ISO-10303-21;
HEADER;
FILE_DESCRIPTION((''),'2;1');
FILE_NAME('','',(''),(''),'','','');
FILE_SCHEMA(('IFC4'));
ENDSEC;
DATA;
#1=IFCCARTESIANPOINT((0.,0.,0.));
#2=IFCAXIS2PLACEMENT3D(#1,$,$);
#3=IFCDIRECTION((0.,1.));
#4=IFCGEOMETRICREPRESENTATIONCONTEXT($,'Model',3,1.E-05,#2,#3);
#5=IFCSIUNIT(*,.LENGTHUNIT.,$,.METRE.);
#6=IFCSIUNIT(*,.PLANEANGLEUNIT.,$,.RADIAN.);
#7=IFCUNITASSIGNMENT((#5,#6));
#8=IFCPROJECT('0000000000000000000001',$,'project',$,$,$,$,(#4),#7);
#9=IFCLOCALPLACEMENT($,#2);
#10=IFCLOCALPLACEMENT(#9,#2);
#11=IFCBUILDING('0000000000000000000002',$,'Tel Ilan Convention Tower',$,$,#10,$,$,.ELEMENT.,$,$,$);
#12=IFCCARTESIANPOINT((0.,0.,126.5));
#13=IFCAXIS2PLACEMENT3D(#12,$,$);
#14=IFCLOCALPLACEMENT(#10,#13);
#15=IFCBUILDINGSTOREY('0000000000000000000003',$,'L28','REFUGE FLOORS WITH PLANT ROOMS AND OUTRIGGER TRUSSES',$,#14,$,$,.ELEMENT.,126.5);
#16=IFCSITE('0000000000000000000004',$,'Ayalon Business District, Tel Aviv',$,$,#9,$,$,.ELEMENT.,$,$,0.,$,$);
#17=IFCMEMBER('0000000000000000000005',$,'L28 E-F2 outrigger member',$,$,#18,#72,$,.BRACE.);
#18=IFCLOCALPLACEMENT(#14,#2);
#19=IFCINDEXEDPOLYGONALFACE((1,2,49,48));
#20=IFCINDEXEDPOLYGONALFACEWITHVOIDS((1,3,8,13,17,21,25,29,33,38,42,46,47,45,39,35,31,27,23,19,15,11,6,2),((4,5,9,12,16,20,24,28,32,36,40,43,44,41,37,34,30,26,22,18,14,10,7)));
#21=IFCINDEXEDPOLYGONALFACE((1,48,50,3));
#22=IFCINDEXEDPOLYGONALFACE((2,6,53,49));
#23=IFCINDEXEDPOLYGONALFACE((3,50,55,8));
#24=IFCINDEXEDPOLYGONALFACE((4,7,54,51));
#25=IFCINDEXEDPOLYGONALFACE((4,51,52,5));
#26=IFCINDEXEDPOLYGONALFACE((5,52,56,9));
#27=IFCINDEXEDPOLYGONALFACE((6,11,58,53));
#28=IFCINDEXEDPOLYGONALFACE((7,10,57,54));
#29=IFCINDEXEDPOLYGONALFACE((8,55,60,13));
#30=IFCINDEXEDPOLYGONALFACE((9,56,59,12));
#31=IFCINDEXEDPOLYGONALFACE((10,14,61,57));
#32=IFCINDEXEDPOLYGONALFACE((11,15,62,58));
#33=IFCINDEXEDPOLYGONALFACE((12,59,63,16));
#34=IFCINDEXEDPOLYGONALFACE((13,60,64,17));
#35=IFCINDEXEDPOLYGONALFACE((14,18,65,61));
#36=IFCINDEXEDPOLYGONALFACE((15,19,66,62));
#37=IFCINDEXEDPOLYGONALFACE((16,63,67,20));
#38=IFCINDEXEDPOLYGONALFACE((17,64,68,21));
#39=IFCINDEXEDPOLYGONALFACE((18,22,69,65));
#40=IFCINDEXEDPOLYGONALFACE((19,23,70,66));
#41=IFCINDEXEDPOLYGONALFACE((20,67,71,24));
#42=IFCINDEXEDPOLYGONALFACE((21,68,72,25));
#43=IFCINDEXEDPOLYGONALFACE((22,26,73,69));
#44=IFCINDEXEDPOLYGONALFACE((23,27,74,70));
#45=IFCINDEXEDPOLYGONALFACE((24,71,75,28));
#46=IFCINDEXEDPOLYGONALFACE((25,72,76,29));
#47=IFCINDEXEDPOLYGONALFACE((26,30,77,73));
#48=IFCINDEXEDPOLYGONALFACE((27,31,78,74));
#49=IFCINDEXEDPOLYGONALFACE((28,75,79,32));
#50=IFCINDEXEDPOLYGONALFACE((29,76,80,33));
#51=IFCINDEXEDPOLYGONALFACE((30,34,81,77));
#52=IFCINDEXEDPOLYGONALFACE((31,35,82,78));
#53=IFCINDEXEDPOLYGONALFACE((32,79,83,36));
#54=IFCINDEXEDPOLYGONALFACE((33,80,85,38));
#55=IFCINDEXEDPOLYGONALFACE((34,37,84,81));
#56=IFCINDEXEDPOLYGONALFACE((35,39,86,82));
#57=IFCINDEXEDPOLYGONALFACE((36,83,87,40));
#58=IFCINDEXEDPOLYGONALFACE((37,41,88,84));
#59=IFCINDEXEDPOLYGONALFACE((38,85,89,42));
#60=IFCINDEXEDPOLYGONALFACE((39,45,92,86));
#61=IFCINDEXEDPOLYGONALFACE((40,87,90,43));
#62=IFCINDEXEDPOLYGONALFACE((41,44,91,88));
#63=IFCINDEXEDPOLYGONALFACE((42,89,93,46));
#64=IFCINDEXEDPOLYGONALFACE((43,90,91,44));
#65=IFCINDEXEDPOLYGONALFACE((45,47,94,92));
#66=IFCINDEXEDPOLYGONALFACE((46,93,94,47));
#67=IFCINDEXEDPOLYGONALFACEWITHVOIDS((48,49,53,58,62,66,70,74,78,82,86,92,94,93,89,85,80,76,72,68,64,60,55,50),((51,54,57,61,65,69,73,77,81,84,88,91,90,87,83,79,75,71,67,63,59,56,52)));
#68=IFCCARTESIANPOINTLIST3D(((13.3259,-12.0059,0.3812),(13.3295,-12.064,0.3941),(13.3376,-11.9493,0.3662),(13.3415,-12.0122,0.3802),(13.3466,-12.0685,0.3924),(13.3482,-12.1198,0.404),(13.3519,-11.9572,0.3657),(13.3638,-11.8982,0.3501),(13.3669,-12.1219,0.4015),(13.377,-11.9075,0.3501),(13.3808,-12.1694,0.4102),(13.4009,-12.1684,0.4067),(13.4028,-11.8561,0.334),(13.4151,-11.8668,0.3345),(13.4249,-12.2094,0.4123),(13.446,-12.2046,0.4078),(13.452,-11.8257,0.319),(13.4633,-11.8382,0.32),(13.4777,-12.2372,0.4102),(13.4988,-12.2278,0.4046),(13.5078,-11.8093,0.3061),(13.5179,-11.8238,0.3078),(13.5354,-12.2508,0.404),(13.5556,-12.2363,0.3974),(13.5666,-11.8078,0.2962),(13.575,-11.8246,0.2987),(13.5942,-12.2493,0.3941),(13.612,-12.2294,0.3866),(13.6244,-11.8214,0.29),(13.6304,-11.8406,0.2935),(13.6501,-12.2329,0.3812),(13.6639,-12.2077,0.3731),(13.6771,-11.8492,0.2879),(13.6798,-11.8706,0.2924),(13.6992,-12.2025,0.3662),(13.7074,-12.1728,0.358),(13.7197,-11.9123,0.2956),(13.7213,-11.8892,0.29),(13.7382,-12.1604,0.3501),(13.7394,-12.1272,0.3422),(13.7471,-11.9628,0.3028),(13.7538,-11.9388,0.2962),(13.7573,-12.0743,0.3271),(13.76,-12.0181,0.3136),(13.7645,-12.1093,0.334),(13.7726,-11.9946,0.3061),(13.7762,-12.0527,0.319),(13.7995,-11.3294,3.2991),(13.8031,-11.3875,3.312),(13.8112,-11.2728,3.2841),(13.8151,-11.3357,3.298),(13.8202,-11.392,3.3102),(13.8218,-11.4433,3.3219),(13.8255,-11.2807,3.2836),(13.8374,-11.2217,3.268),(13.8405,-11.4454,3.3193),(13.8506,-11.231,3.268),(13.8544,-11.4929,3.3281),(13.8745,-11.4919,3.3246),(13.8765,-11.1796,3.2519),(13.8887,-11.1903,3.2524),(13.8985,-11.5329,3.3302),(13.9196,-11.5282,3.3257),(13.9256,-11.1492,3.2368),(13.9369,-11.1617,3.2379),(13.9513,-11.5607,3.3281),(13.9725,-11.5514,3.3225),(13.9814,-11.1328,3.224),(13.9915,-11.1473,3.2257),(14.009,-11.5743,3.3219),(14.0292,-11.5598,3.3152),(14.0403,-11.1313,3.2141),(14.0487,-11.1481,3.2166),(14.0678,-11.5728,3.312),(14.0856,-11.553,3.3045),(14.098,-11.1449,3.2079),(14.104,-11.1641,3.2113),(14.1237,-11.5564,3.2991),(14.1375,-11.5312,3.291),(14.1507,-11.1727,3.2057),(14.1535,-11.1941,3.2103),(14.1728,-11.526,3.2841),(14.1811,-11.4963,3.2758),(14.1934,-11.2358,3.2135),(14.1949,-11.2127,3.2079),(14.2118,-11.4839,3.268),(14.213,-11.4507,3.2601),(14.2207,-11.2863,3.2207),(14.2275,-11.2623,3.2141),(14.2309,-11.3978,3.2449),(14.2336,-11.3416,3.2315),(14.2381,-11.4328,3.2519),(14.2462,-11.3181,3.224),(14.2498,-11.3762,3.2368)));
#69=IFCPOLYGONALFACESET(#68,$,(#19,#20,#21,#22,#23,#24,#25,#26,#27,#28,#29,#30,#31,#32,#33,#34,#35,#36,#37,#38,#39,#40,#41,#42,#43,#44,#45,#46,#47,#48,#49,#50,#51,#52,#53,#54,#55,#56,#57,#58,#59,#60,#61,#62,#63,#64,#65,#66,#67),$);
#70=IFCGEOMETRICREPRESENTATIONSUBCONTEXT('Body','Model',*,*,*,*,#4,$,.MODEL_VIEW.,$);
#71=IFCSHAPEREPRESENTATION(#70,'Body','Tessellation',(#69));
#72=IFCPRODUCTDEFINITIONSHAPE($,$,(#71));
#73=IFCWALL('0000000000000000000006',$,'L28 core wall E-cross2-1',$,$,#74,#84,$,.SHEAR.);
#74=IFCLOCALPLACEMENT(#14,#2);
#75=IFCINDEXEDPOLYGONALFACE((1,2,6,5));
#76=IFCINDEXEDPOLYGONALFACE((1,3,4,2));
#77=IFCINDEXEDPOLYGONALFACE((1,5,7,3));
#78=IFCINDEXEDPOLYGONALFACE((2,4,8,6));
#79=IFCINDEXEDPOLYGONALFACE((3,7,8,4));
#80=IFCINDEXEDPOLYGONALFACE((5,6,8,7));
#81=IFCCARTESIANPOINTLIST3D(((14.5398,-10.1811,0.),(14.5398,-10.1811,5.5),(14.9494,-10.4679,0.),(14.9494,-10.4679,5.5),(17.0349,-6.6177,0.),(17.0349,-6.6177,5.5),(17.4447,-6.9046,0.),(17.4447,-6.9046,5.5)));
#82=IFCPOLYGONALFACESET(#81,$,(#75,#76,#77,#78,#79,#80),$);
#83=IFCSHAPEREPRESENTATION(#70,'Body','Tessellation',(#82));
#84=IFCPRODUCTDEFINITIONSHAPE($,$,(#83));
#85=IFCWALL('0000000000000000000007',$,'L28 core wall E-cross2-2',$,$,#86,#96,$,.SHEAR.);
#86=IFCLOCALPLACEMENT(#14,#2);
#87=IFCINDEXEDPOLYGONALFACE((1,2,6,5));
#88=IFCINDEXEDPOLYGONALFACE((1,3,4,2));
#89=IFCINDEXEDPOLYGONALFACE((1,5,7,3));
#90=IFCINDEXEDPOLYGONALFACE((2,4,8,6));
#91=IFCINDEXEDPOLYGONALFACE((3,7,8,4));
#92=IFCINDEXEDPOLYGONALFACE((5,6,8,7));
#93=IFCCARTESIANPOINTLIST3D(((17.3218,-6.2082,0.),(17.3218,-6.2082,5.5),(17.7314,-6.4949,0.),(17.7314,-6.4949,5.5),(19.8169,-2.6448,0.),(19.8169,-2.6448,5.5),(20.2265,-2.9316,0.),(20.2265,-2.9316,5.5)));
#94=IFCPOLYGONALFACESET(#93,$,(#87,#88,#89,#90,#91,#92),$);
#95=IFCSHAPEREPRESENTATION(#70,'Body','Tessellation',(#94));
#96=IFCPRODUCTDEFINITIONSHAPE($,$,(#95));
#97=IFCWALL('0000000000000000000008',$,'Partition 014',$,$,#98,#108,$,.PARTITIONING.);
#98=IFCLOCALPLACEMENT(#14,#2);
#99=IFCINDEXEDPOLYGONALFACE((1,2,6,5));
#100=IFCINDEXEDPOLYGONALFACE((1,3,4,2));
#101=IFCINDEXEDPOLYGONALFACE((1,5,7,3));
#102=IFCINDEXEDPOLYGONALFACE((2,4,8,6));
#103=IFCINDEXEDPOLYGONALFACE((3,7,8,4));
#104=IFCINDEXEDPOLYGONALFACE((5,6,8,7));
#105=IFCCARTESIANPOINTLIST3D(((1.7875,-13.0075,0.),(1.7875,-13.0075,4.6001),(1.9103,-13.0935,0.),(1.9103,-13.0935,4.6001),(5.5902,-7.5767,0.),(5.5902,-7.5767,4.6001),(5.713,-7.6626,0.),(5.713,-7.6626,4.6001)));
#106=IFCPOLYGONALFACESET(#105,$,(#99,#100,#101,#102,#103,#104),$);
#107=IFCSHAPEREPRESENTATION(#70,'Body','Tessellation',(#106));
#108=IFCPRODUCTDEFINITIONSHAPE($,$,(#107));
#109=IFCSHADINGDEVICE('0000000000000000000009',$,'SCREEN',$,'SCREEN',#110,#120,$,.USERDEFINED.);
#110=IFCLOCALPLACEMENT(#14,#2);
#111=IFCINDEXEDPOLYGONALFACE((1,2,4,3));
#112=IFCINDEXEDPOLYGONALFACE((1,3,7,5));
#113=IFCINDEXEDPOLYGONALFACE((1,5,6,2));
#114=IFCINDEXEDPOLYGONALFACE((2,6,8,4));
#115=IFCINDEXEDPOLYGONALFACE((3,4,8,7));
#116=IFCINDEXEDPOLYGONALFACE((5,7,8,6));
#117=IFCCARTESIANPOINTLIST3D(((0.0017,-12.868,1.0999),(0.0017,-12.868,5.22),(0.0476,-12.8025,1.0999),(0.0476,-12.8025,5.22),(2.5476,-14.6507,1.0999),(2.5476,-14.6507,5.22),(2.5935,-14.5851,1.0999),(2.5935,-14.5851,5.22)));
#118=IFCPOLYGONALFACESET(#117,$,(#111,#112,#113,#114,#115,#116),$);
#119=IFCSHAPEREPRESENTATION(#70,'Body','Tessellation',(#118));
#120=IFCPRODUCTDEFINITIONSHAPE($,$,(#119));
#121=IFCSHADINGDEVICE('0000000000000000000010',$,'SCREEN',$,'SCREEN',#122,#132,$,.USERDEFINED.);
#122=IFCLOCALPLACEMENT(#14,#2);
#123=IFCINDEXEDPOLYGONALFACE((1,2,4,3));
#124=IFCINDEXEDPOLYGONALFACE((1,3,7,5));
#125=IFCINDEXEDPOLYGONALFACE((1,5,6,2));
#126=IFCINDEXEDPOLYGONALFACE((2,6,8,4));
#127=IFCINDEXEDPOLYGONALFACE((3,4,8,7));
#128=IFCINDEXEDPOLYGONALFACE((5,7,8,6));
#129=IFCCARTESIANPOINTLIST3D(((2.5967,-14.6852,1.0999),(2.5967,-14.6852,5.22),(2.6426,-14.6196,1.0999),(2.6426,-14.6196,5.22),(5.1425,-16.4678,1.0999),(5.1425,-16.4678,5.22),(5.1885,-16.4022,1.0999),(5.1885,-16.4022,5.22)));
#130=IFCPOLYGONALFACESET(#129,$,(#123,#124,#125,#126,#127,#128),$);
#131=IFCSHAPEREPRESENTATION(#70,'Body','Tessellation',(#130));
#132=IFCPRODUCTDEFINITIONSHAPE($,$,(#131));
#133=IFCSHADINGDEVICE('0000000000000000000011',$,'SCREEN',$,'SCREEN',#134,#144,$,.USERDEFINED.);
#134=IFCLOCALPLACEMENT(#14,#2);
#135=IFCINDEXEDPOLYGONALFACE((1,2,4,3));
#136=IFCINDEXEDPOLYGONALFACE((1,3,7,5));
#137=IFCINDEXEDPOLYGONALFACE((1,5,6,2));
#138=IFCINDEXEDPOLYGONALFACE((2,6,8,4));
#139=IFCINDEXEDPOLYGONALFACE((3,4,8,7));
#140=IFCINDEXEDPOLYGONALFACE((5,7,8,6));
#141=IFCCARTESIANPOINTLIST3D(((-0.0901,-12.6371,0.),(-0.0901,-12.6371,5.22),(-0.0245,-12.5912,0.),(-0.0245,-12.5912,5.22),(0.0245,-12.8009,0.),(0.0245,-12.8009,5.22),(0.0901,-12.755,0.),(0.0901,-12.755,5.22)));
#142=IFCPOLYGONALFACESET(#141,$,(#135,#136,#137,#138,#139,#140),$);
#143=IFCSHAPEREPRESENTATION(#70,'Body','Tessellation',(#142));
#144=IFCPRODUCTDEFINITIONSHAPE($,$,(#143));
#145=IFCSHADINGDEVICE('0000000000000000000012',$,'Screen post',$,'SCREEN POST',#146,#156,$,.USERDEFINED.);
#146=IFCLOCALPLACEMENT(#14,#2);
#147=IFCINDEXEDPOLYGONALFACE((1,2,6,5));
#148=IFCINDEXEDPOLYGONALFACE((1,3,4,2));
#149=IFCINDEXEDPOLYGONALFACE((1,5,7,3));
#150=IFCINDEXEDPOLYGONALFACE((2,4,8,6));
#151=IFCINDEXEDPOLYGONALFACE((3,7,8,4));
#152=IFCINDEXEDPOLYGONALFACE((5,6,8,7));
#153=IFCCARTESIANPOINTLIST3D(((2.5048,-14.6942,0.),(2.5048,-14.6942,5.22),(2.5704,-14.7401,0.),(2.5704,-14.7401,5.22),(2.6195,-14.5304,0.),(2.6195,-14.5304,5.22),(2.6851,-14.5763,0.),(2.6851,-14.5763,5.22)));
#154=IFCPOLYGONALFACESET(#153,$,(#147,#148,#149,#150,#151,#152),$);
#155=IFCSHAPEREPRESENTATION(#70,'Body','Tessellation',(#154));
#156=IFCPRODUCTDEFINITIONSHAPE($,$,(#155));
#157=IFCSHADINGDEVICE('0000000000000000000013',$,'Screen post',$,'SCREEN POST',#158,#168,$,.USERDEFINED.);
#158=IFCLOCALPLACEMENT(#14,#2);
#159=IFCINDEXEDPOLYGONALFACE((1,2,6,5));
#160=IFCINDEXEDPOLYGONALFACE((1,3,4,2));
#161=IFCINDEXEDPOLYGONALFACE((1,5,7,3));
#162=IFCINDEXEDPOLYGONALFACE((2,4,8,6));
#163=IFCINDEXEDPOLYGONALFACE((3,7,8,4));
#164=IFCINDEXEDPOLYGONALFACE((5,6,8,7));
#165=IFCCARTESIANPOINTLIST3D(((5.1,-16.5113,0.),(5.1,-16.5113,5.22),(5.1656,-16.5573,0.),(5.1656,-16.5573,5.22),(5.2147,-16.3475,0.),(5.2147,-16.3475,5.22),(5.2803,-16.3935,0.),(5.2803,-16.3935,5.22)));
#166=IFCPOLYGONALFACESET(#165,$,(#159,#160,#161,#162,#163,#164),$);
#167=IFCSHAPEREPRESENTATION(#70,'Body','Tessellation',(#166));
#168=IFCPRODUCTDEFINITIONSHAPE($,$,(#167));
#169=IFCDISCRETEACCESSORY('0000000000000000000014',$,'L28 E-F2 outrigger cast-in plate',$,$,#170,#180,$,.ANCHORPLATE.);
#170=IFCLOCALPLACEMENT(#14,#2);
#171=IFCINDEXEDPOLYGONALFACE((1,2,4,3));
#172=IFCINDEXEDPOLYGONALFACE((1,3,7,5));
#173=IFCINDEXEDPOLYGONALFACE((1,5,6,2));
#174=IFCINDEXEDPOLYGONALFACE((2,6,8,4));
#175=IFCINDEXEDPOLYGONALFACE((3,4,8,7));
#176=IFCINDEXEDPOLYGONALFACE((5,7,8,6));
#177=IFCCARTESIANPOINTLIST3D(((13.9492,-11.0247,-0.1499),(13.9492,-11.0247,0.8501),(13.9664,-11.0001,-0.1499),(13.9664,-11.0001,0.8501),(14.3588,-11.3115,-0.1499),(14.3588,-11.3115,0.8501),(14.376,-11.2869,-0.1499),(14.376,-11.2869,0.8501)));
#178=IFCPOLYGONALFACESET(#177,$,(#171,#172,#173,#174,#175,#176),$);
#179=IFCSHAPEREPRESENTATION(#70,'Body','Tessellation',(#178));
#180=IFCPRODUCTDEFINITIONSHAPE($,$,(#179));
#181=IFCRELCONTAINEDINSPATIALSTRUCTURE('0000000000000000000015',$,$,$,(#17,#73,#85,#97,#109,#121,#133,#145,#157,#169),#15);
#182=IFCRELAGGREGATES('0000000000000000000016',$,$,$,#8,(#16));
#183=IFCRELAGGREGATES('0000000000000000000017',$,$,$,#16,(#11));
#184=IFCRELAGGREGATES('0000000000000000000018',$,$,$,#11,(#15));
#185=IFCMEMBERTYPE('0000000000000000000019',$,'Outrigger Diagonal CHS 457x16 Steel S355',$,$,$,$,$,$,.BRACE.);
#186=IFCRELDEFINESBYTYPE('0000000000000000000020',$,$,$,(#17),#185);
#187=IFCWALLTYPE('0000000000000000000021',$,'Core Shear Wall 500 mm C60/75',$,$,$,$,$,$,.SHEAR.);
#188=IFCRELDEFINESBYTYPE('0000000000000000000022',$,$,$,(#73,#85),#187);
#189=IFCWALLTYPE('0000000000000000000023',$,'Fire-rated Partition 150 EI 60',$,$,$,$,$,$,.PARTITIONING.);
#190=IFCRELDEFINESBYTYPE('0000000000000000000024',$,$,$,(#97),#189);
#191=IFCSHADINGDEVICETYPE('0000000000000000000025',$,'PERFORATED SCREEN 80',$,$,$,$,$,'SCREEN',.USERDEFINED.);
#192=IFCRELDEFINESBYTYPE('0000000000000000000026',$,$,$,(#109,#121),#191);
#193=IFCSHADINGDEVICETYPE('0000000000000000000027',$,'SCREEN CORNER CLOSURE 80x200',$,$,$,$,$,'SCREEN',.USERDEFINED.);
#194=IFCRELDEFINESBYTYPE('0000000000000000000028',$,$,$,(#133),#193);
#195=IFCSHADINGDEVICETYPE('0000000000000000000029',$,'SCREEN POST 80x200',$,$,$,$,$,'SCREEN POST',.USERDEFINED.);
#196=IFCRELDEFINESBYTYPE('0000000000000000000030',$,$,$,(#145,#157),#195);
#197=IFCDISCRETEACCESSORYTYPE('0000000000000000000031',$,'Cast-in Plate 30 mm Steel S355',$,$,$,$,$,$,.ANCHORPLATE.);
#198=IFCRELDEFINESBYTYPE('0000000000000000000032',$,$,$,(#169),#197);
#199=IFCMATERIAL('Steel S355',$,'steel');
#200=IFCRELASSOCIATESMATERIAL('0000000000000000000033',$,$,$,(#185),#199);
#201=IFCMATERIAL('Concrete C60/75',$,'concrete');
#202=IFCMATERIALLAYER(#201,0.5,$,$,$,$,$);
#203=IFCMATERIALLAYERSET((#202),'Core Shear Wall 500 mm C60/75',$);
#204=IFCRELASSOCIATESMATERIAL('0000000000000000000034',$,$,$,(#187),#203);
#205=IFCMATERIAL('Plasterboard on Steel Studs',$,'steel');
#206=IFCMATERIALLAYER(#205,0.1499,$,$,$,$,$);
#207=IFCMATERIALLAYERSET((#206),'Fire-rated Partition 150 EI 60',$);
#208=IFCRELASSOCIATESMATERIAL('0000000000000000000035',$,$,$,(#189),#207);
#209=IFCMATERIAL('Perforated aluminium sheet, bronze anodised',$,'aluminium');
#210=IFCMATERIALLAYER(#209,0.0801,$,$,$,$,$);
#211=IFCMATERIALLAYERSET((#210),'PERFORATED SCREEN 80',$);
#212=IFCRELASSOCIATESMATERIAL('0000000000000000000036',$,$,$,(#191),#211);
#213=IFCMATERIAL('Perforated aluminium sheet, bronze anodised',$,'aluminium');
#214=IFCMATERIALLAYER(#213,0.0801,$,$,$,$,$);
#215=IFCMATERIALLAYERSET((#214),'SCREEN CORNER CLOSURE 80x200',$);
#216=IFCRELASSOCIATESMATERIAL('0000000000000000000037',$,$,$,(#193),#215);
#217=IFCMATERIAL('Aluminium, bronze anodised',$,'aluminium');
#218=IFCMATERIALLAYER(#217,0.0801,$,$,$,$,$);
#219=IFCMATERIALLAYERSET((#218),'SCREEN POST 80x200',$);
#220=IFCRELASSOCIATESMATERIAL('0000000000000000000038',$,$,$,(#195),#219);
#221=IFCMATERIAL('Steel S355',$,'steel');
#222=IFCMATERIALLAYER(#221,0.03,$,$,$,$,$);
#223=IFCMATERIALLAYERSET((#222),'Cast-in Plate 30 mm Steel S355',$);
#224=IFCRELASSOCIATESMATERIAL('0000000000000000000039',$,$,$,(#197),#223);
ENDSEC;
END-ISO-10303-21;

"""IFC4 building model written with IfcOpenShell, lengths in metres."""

from ifc_helpers import new_model, si_unit, direction, frame, frame_2d, origin, origin_2d, place, context, subcontext, project, spatial, polyline, rectangle, hollow_circle, outline, extrude, material, layer, layer_set, material_profile, profile_set, type_object, element, save


model = new_model("IFC4")

# Units and contexts
model_context = context("Model", 3, precision=1e-05, world=origin(), true_north=direction((0.0, 1.0)))
body_context = subcontext(model_context, "Body", "Model", "MODEL_VIEW")
ifc_project = project(units=[si_unit("LENGTHUNIT", "METRE"), si_unit("PLANEANGLEUNIT", "RADIAN")], contexts=[model_context])

# Site, building, storey
site_placement = place(None, origin())
site = spatial("IfcSite", under=ifc_project, at=site_placement, Name="Ayalon Business District, Tel Aviv", CompositionType="ELEMENT", RefElevation=0.0)
building_placement = place(site_placement, origin())
building = spatial("IfcBuilding", under=site, at=building_placement, Name="Tel Ilan Convention Tower", CompositionType="ELEMENT")
storey_placement = place(building_placement, frame((0.0, 0.0, 126.5)))
storey = spatial("IfcBuildingStorey", under=building, at=storey_placement, Name="L28", Description="REFUGE FLOORS WITH PLANT ROOMS AND OUTRIGGER TRUSSES", CompositionType="ELEMENT", Elevation=126.5)

# Member
ifc_material_1 = material(Name="Steel S355", Category="steel")
ifc_material_profile_1 = material_profile(ifc_material_1, hollow_circle(Radius=0.2285, WallThickness=0.0161, at=origin_2d()), Name="CHS 457x16")
ifc_profile_set_1 = profile_set([ifc_material_profile_1], Name="Steel S355")
member_type_1 = type_object("IfcMemberType", Name="Outrigger Diagonal CHS 457x16 Steel S355", PredefinedType="BRACE", material=ifc_profile_set_1)
member_1_placement = place(storey_placement, frame((13.551, -12.0293, 0.3501), z_axis=(0.156181, 0.223082, 0.962207), x_axis=(-0.81919, 0.573522, 0.0)))
element("IfcMember", 1, at=member_1_placement, inside=storey, type_object=member_type_1, Name="L28 E-F2 outrigger member", PredefinedType="BRACE", context=body_context, shape_type="SweptSolid", body=[
    extrude(hollow_circle(Radius=0.2285, WallThickness=0.0161, at=origin_2d()), origin(), (0.0, 0.0, 1.0), 3.0325),
])

# Walls
ifc_material_2 = material(Name="Concrete C60/75", Category="concrete")
ifc_layer_1 = layer(ifc_material_2, 0.5)
ifc_layer_set_1 = layer_set([ifc_layer_1], Name="Core Shear Wall 500 mm C60/75")
wall_type_1 = type_object("IfcWallType", Name="Core Shear Wall 500 mm C60/75", PredefinedType="SHEAR", material=ifc_layer_set_1)
wall_1_placement = place(storey_placement, frame((14.7446, -10.3245, 0.0), z_axis=(0.0, 0.0, 1.0), x_axis=(0.573568, 0.819158, 0.0)))
element("IfcWall", 2, at=wall_1_placement, inside=storey, type_object=wall_type_1, Name="L28 core wall E-cross2-1", PredefinedType="SHEAR", context=body_context, shape_type="SweptSolid", body=[
    extrude(outline(polyline([(0.0, 0.25), (0.0, -0.25), (4.3501, -0.2502), (4.3501, 0.25), (0.0, 0.25)])), origin(), (0.0, 0.0, 1.0), 5.5),
])
wall_2_placement = place(storey_placement, frame((17.5266, -6.3516, 0.0), z_axis=(0.0, 0.0, 1.0), x_axis=(0.57353, 0.819184, 0.0)))
element("IfcWall", 3, at=wall_2_placement, inside=storey, type_object=wall_type_1, Name="L28 core wall E-cross2-2", PredefinedType="SHEAR", context=body_context, shape_type="SweptSolid", body=[
    extrude(outline(polyline([(4.3501, -0.2502), (4.3501, 0.2498), (0.0, 0.25), (0.0, -0.25), (4.3501, -0.2502)])), origin(), (0.0, 0.0, 1.0), 5.5),
])
ifc_material_3 = material(Name="Plasterboard on Steel Studs", Category="steel")
ifc_layer_2 = layer(ifc_material_3, 0.1499)
ifc_layer_set_2 = layer_set([ifc_layer_2], Name="Fire-rated Partition 150 EI 60")
wall_type_2 = type_object("IfcWallType", Name="Fire-rated Partition 150 EI 60", PredefinedType="PARTITIONING", material=ifc_layer_set_2)
wall_3_placement = place(storey_placement, frame((1.8489, -13.0505, 0.0), z_axis=(0.0, 0.0, 1.0), x_axis=(0.573574, 0.819154, 0.0)))
element("IfcWall", 4, at=wall_3_placement, inside=storey, type_object=wall_type_2, Name="Partition 014", PredefinedType="PARTITIONING", context=body_context, shape_type="SweptSolid", body=[
    extrude(rectangle(XDim=6.6299, YDim=0.1499, at=frame_2d((3.3149, 0.0))), origin(), (0.0, 0.0, 1.0), 4.6001),
])

# Shading devices
ifc_material_4 = material(Name="Perforated aluminium sheet, bronze anodised", Category="aluminium")
ifc_layer_3 = layer(ifc_material_4, 0.0801)
ifc_layer_set_3 = layer_set([ifc_layer_3], Name="PERFORATED SCREEN 80")
shading_device_type_1 = type_object("IfcShadingDeviceType", Name="PERFORATED SCREEN 80", ElementType="SCREEN", PredefinedType="USERDEFINED", material=ifc_layer_set_3)
for number, where, z_axis, x_axis, name in (
    (5, (1.2976, -13.7266, 1.0999), (0.0, 0.0, 1.0), (0.819152, -0.573576, 0.0), "SCREEN"),
    (6, (3.8926, -15.5437, 1.0999), (0.0, 0.0, 1.0), (0.819152, -0.573576, 0.0), "SCREEN"),
):
    element("IfcShadingDevice", number, at=place(storey_placement, frame(where, z_axis=z_axis, x_axis=x_axis)), inside=storey, type_object=shading_device_type_1, Name=name, ObjectType="SCREEN", PredefinedType="USERDEFINED", context=body_context, shape_type="SweptSolid", body=[
        extrude(rectangle(XDim=3.1079, YDim=0.0801, at=origin_2d()), origin(), (0.0, 0.0, 1.0), 4.1201),
    ])

# Shading devices
ifc_material_5 = material(Name="Perforated aluminium sheet, bronze anodised", Category="aluminium")
ifc_layer_4 = layer(ifc_material_5, 0.0801)
ifc_layer_set_4 = layer_set([ifc_layer_4], Name="SCREEN CORNER CLOSURE 80x200")
shading_device_type_2 = type_object("IfcShadingDeviceType", Name="SCREEN CORNER CLOSURE 80x200", ElementType="SCREEN", PredefinedType="USERDEFINED", material=ifc_layer_set_4)
shading_device_placement = place(storey_placement, frame((0.0, -12.696, 0.0), z_axis=(0.0, 0.0, 1.0), x_axis=(0.819152, 0.573576, 0.0)))
element("IfcShadingDevice", 7, at=shading_device_placement, inside=storey, type_object=shading_device_type_2, Name="SCREEN", ObjectType="SCREEN", PredefinedType="USERDEFINED", context=body_context, shape_type="SweptSolid", body=[
    extrude(rectangle(XDim=0.0801, YDim=0.2, at=origin_2d()), origin(), (0.0, 0.0, 1.0), 5.22),
])
ifc_material_6 = material(Name="Aluminium, bronze anodised", Category="aluminium")
ifc_layer_5 = layer(ifc_material_6, 0.0801)
ifc_layer_set_5 = layer_set([ifc_layer_5], Name="SCREEN POST 80x200")
shading_device_type_3 = type_object("IfcShadingDeviceType", Name="SCREEN POST 80x200", ElementType="SCREEN POST", PredefinedType="USERDEFINED", material=ifc_layer_set_5)
for number, where, z_axis, x_axis, name in (
    (8, (2.595, -14.6353, 0.0), (0.0, 0.0, 1.0), (0.819152, -0.573576, 0.0), "Screen post"),
    (9, (5.1902, -16.4524, 0.0), (0.0, 0.0, 1.0), (0.819152, -0.573576, 0.0), "Screen post"),
):
    element("IfcShadingDevice", number, at=place(storey_placement, frame(where, z_axis=z_axis, x_axis=x_axis)), inside=storey, type_object=shading_device_type_3, Name=name, ObjectType="SCREEN POST", PredefinedType="USERDEFINED", context=body_context, shape_type="SweptSolid", body=[
        extrude(rectangle(XDim=0.0801, YDim=0.2, at=origin_2d()), origin(), (0.0, 0.0, 1.0), 5.22),
    ])

# Discrete accessory
ifc_material_7 = material(Name="Steel S355", Category="steel")
ifc_layer_6 = layer(ifc_material_7, 0.03)
ifc_layer_set_6 = layer_set([ifc_layer_6], Name="Cast-in Plate 30 mm Steel S355")
discrete_accessory_type_1 = type_object("IfcDiscreteAccessoryType", Name="Cast-in Plate 30 mm Steel S355", PredefinedType="ANCHORPLATE", material=ifc_layer_set_6)
discrete_accessory_1_placement = place(storey_placement, frame((14.1626, -11.1558, -0.1499), z_axis=(0.0, 0.0, 1.0), x_axis=(0.573576, 0.819152, 0.0)))
element("IfcDiscreteAccessory", 10, at=discrete_accessory_1_placement, inside=storey, type_object=discrete_accessory_type_1, Name="L28 E-F2 outrigger cast-in plate", PredefinedType="ANCHORPLATE", context=body_context, shape_type="SweptSolid", body=[
    extrude(rectangle(XDim=0.03, YDim=0.5, at=origin_2d()), origin(), (0.0, 0.0, 1.0), 1.0),
])

save(model, "model.ifc")
